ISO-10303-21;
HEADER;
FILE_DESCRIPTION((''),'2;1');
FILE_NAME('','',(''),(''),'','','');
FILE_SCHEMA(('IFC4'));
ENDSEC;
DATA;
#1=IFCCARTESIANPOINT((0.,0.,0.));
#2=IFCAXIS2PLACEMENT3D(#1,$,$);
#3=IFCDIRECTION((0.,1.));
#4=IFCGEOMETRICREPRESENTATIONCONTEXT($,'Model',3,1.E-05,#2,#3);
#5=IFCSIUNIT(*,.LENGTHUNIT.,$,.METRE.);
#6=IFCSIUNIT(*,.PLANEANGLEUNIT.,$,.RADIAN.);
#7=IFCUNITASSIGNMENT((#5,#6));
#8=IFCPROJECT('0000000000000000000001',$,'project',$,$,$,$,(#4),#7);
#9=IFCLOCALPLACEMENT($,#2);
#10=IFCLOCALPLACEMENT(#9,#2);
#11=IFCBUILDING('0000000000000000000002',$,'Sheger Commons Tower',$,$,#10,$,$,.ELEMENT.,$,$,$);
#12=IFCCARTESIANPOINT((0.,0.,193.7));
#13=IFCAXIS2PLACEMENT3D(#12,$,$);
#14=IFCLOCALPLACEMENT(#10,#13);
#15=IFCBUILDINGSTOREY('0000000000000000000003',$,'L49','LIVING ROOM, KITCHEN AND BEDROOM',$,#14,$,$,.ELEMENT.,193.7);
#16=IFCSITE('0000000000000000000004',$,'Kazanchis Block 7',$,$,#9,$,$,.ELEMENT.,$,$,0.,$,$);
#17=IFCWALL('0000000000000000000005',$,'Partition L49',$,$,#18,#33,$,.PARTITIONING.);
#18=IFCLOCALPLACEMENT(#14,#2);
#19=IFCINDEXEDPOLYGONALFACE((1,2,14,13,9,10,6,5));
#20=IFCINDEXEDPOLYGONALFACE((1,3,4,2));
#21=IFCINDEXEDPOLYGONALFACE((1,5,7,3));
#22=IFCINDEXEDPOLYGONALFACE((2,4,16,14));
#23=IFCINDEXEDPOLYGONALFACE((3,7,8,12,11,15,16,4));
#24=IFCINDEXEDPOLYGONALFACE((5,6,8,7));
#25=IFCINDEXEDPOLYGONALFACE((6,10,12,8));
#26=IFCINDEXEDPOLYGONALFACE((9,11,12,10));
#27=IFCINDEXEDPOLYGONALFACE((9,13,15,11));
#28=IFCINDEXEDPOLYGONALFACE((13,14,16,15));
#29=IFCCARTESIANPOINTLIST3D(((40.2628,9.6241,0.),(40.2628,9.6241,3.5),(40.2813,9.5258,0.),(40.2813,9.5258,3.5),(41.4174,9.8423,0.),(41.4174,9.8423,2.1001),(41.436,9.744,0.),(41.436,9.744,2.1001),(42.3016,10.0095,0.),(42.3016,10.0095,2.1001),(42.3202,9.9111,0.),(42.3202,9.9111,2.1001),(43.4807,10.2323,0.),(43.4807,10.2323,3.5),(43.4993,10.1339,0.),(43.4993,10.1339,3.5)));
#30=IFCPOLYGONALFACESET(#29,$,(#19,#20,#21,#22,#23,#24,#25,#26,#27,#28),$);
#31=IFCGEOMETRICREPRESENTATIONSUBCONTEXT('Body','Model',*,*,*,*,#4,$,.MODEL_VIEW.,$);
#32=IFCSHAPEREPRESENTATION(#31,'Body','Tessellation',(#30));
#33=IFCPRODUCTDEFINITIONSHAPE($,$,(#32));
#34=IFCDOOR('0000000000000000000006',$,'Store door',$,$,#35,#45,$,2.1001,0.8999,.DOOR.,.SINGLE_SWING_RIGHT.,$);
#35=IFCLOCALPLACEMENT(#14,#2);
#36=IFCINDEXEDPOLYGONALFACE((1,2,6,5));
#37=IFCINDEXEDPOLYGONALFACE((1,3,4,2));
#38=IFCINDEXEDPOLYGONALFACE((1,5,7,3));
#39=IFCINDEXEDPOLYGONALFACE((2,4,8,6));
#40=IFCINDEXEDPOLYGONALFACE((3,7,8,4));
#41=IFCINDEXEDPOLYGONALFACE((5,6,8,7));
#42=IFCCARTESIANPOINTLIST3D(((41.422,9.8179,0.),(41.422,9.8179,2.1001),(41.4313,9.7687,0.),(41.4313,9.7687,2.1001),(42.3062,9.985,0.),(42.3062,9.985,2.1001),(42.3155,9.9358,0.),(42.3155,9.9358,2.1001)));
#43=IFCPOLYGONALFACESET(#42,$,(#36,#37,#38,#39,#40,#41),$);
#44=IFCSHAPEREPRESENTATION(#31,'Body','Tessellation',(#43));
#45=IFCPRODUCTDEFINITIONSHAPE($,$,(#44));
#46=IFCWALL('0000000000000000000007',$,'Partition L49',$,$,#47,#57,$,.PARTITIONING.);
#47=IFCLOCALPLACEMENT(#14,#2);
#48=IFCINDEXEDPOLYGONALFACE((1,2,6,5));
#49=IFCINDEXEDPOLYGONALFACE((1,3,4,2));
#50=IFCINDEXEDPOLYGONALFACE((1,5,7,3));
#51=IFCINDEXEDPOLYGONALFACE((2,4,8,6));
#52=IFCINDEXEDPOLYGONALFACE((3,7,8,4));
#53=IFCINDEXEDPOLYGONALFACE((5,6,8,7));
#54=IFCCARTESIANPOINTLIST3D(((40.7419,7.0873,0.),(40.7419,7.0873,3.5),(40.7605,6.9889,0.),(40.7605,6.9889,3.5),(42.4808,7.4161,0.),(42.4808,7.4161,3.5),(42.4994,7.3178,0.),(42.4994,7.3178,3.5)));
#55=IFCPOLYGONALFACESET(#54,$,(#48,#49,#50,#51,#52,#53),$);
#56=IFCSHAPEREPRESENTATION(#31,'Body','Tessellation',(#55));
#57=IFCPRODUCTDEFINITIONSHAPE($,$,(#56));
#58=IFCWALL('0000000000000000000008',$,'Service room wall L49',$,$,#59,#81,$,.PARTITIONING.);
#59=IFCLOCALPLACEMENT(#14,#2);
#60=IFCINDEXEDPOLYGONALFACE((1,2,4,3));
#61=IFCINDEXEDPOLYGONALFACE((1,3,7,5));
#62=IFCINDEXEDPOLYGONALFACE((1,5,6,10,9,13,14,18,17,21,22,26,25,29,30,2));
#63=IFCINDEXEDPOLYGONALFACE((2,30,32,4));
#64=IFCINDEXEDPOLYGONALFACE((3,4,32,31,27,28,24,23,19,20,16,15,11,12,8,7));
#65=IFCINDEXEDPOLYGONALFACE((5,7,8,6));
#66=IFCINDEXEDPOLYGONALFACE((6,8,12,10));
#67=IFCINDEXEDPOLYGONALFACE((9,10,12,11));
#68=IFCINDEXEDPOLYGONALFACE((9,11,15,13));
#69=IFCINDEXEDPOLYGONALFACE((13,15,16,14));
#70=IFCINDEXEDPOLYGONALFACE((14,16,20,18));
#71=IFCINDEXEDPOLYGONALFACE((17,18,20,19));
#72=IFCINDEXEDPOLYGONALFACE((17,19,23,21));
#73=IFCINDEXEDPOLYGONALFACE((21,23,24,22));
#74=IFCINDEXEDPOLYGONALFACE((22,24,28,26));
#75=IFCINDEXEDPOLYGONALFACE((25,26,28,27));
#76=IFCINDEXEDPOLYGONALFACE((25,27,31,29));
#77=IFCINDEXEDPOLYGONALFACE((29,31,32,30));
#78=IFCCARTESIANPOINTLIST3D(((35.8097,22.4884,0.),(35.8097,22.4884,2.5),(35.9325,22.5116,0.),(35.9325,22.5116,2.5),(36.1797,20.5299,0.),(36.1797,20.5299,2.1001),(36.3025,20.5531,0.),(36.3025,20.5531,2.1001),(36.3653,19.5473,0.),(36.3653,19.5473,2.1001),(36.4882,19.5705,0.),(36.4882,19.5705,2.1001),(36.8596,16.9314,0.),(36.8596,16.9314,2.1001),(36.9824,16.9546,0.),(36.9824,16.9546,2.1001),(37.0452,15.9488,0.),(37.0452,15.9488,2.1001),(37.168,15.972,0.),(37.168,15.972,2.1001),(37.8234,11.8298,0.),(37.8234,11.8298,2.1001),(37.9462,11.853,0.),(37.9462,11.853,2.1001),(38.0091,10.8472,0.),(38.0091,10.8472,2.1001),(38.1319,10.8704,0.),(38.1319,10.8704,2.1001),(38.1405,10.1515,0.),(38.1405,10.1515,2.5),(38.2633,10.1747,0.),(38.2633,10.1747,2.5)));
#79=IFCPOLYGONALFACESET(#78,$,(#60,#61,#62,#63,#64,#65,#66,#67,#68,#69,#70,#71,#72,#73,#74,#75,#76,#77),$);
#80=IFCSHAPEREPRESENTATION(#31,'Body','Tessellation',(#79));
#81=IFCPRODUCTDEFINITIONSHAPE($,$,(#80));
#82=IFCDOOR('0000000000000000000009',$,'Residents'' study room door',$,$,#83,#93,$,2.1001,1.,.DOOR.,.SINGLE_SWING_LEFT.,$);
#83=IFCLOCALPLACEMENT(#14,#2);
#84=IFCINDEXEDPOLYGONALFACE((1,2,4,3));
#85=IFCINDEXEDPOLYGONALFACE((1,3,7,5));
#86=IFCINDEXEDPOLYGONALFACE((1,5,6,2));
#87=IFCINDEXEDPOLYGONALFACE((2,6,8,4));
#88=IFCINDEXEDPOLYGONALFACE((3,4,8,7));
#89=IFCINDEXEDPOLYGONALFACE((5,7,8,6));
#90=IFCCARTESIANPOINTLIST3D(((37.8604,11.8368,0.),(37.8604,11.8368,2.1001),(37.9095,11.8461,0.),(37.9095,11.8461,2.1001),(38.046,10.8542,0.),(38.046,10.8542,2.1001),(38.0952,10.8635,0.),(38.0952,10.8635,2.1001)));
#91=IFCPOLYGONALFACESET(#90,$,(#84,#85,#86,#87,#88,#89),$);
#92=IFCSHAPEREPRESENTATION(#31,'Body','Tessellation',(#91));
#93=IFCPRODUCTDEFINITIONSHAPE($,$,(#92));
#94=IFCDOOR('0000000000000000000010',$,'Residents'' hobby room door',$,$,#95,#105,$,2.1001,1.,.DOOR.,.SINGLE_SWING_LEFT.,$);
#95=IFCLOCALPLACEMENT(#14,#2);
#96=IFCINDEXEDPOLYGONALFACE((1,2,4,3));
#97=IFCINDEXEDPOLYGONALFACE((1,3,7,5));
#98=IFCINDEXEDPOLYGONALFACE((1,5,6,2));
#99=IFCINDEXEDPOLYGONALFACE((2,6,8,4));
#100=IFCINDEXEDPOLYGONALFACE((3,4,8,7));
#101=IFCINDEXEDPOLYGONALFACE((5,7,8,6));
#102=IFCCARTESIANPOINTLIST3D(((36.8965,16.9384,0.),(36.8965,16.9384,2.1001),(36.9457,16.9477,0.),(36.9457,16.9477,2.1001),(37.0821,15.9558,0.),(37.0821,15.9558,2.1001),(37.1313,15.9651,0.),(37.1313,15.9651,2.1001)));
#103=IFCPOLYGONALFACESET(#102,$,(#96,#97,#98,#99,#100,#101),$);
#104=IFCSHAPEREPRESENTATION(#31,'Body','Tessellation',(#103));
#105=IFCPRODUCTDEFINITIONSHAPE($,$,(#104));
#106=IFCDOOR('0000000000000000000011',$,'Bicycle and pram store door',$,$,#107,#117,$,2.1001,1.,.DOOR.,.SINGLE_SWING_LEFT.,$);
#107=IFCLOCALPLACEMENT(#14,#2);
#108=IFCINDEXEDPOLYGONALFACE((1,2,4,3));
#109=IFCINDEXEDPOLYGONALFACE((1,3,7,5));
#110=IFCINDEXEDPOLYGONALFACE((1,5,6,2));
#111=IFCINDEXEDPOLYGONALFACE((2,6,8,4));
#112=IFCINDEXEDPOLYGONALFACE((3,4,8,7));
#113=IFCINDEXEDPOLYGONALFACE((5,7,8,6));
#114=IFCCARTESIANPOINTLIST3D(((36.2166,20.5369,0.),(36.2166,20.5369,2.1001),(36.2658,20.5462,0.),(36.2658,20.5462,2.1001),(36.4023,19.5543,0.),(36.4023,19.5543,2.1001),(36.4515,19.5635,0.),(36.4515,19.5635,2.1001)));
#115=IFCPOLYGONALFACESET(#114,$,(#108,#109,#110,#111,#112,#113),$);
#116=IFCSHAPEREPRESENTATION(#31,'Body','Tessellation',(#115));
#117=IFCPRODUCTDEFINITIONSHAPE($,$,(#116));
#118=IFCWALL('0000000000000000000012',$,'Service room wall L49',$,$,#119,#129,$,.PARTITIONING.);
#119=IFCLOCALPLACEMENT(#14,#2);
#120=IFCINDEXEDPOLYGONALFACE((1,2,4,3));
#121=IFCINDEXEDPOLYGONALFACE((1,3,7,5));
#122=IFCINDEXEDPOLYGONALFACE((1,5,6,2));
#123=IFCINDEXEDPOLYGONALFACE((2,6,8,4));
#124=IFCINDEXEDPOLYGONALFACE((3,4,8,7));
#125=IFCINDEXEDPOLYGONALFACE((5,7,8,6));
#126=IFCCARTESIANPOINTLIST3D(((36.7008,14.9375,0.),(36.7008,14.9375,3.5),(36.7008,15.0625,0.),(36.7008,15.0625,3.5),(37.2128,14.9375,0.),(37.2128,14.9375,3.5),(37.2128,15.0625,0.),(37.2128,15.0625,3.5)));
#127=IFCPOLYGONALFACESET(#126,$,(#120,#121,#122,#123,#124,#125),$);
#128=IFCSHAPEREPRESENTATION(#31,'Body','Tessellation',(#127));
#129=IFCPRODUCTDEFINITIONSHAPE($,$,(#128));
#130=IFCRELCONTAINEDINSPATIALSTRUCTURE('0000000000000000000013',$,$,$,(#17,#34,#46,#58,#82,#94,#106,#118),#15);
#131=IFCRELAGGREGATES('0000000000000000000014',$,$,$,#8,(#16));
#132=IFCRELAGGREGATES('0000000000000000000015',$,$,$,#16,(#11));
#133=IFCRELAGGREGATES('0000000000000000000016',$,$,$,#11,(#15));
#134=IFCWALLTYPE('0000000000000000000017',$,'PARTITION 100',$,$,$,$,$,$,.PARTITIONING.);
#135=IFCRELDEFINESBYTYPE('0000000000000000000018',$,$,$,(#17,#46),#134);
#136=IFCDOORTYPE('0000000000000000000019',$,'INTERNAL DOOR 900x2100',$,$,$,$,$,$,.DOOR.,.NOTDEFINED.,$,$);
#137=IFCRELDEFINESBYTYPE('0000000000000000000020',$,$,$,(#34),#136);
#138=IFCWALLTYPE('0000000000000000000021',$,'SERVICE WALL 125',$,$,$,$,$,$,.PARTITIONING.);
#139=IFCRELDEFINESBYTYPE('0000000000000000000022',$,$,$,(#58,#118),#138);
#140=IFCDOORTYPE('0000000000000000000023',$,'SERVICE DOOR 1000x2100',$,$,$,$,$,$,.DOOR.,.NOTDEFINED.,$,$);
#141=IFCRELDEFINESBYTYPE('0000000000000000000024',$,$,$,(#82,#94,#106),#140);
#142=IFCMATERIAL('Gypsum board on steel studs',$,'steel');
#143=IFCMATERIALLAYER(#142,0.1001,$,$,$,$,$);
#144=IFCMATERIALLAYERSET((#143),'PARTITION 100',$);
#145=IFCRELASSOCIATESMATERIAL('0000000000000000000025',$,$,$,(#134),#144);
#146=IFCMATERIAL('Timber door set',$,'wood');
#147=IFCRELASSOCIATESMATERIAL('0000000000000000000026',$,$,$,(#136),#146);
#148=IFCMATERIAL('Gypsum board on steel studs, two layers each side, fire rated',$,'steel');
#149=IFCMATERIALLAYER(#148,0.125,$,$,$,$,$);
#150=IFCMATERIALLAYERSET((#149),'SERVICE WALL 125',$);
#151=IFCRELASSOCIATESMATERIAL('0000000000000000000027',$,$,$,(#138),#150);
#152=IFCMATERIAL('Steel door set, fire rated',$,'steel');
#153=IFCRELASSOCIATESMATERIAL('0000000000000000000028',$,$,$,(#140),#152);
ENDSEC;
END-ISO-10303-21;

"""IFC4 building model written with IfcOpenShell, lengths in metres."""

from ifc_helpers import new_model, si_unit, direction, frame, frame_2d, origin, place, context, subcontext, project, spatial, rectangle, extrude, material, layer, layer_set, type_object, element, fill, save


model = new_model("IFC4")

# Units and contexts
model_context = context("Model", 3, precision=1e-05, world=origin(), true_north=direction((0.0, 1.0)))
body_context = subcontext(model_context, "Body", "Model", "MODEL_VIEW")
ifc_project = project(units=[si_unit("LENGTHUNIT", "METRE"), si_unit("PLANEANGLEUNIT", "RADIAN")], contexts=[model_context])

# Site, building, storey
site_placement = place(None, origin())
site = spatial("IfcSite", under=ifc_project, at=site_placement, Name="Kazanchis Block 7", CompositionType="ELEMENT", RefElevation=0.0)
building_placement = place(site_placement, origin())
building = spatial("IfcBuilding", under=site, at=building_placement, Name="Sheger Commons Tower", CompositionType="ELEMENT")
storey_placement = place(building_placement, frame((0.0, 0.0, 193.7)))
storey = spatial("IfcBuildingStorey", under=building, at=storey_placement, Name="L49", Description="LIVING ROOM, KITCHEN AND BEDROOM", CompositionType="ELEMENT", Elevation=193.7)

# Shared definitions
ifc_material_1 = material(Name="Gypsum board on steel studs", Category="steel")
ifc_layer_1 = layer(ifc_material_1, 0.1001)
ifc_layer_set_1 = layer_set([ifc_layer_1], Name="PARTITION 100")
wall_type_1 = type_object("IfcWallType", Name="PARTITION 100", PredefinedType="PARTITIONING", material=ifc_layer_set_1)
ifc_material_2 = material(Name="Timber door set", Category="wood")
door_type_1 = type_object("IfcDoorType", Name="INTERNAL DOOR 900x2100", OperationType="NOTDEFINED", PredefinedType="DOOR", material=ifc_material_2)

# Wall, opening, door
wall_1_placement = place(storey_placement, frame((43.49, 10.1831, 0.0), z_axis=(0.0, 0.0, 1.0), x_axis=(-0.982607, -0.185697, 0.0)))
wall_1 = element("IfcWall", 1, at=wall_1_placement, inside=storey, type_object=wall_type_1, Name="Partition L49", PredefinedType="PARTITIONING", context=body_context, shape_type="SweptSolid", body=[
    extrude(rectangle(XDim=3.2749, YDim=0.1001, at=frame_2d((1.6375, 0.0))), origin(), (0.0, 0.0, 1.0), 3.5),
])
opening_1_placement = place(wall_1_placement, frame((1.2, 0.0, 0.0)))
opening_1 = element("IfcOpeningElement", 2, at=opening_1_placement, cuts=wall_1, PredefinedType="OPENING", context=body_context, shape_type="SweptSolid", body=[
    extrude(rectangle(XDim=0.8999, YDim=2.1001, at=frame_2d((0.45, 1.05))), frame((0.0, 0.0601, 0.0), z_axis=(0.0, -1.0, 0.0), x_axis=(1.0, 0.0, 0.0)), (0.0, 0.0, 1.0), 0.1201),
])
door_1_placement = place(opening_1_placement, origin())
door_1 = element("IfcDoor", 3, at=door_1_placement, inside=storey, type_object=door_type_1, Name="Store door", OperationType="SINGLE_SWING_RIGHT", OverallHeight=2.1001, OverallWidth=0.8999, PredefinedType="DOOR", context=body_context, shape_type="SweptSolid", body=[
    extrude(rectangle(XDim=0.8999, YDim=2.1001, at=frame_2d((0.45, 1.05))), frame((0.0, 0.0249, 0.0), z_axis=(0.0, -1.0, 0.0), x_axis=(1.0, 0.0, 0.0)), (0.0, 0.0, 1.0), 0.05),
])
fill(opening_1, door_1)

# Wall
wall_2_placement = place(storey_placement, frame((42.49, 7.3669, 0.0), z_axis=(0.0, 0.0, 1.0), x_axis=(-0.982585, -0.185812, 0.0)))
element("IfcWall", 4, at=wall_2_placement, inside=storey, type_object=wall_type_1, Name="Partition L49", PredefinedType="PARTITIONING", context=body_context, shape_type="SweptSolid", body=[
    extrude(rectangle(XDim=1.7698, YDim=0.1001, at=frame_2d((0.8848, 0.0))), origin(), (0.0, 0.0, 1.0), 3.5),
])

# Wall, openings, doors
ifc_material_3 = material(Name="Gypsum board on steel studs, two layers each side, fire rated", Category="steel")
ifc_layer_2 = layer(ifc_material_3, 0.125)
ifc_layer_set_2 = layer_set([ifc_layer_2], Name="SERVICE WALL 125")
wall_type_2 = type_object("IfcWallType", Name="SERVICE WALL 125", PredefinedType="PARTITIONING", material=ifc_layer_set_2)
wall_3_placement = place(storey_placement, frame((38.2019, 10.1631, 0.0), z_axis=(0.0, 0.0, 1.0), x_axis=(-0.185646, 0.982617, 0.0)))
wall_3 = element("IfcWall", 5, at=wall_3_placement, inside=storey, type_object=wall_type_2, Name="Service room wall L49", PredefinedType="PARTITIONING", context=body_context, shape_type="SweptSolid", body=[
    extrude(rectangle(XDim=12.5552, YDim=0.125, at=frame_2d((6.2776, 0.0))), origin(), (0.0, 0.0, 1.0), 2.5),
])
opening_2_placement = place(wall_3_placement, frame((0.708, 0.0, 0.0)))
opening_2 = element("IfcOpeningElement", 6, at=opening_2_placement, cuts=wall_3, PredefinedType="OPENING", context=body_context, shape_type="SweptSolid", body=[
    extrude(rectangle(XDim=1.0, YDim=2.1001, at=frame_2d((0.5, 1.05))), frame((0.0, 0.0725, 0.0), z_axis=(0.0, -1.0, 0.0), x_axis=(1.0, 0.0, 0.0)), (0.0, 0.0, 1.0), 0.145),
])
opening_3_placement = place(wall_3_placement, frame((5.8999, 0.0, 0.0)))
opening_3 = element("IfcOpeningElement", 7, at=opening_3_placement, cuts=wall_3, PredefinedType="OPENING", context=body_context, shape_type="SweptSolid", body=[
    extrude(rectangle(XDim=1.0, YDim=2.1001, at=frame_2d((0.5, 1.05))), frame((0.0, 0.0725, 0.0), z_axis=(0.0, -1.0, 0.0), x_axis=(1.0, 0.0, 0.0)), (0.0, 0.0, 1.0), 0.145),
])
opening_4_placement = place(wall_3_placement, frame((9.562, 0.0, 0.0)))
opening_4 = element("IfcOpeningElement", 8, at=opening_4_placement, cuts=wall_3, PredefinedType="OPENING", context=body_context, shape_type="SweptSolid", body=[
    extrude(rectangle(XDim=1.0, YDim=2.1001, at=frame_2d((0.5, 1.05))), frame((0.0, 0.0725, 0.0), z_axis=(0.0, -1.0, 0.0), x_axis=(1.0, 0.0, 0.0)), (0.0, 0.0, 1.0), 0.145),
])
ifc_material_4 = material(Name="Steel door set, fire rated", Category="steel")
door_type_2 = type_object("IfcDoorType", Name="SERVICE DOOR 1000x2100", OperationType="NOTDEFINED", PredefinedType="DOOR", material=ifc_material_4)
door_2_placement = place(opening_2_placement, origin())
door_2 = element("IfcDoor", 9, at=door_2_placement, inside=storey, type_object=door_type_2, Name="Residents' study room door", OperationType="SINGLE_SWING_LEFT", OverallHeight=2.1001, OverallWidth=1.0, PredefinedType="DOOR", context=body_context, shape_type="SweptSolid", body=[
    extrude(rectangle(XDim=1.0, YDim=2.1001, at=frame_2d((0.5, 1.05))), frame((0.0, 0.0249, 0.0), z_axis=(0.0, -1.0, 0.0), x_axis=(1.0, 0.0, 0.0)), (0.0, 0.0, 1.0), 0.05),
])
fill(opening_2, door_2)
door_3_placement = place(opening_3_placement, origin())
door_3 = element("IfcDoor", 10, at=door_3_placement, inside=storey, type_object=door_type_2, Name="Residents' hobby room door", OperationType="SINGLE_SWING_LEFT", OverallHeight=2.1001, OverallWidth=1.0, PredefinedType="DOOR", context=body_context, shape_type="SweptSolid", body=[
    extrude(rectangle(XDim=1.0, YDim=2.1001, at=frame_2d((0.5, 1.05))), frame((0.0, 0.0249, 0.0), z_axis=(0.0, -1.0, 0.0), x_axis=(1.0, 0.0, 0.0)), (0.0, 0.0, 1.0), 0.05),
])
fill(opening_3, door_3)
door_4_placement = place(opening_4_placement, origin())
door_4 = element("IfcDoor", 11, at=door_4_placement, inside=storey, type_object=door_type_2, Name="Bicycle and pram store door", OperationType="SINGLE_SWING_LEFT", OverallHeight=2.1001, OverallWidth=1.0, PredefinedType="DOOR", context=body_context, shape_type="SweptSolid", body=[
    extrude(rectangle(XDim=1.0, YDim=2.1001, at=frame_2d((0.5, 1.05))), frame((0.0, 0.0249, 0.0), z_axis=(0.0, -1.0, 0.0), x_axis=(1.0, 0.0, 0.0)), (0.0, 0.0, 1.0), 0.05),
])
fill(opening_4, door_4)

# Wall
wall_4_placement = place(storey_placement, frame((36.7009, 15.0, 0.0), z_axis=(0.0, 0.0, 1.0), x_axis=(1.0, 0.0, 0.0)))
element("IfcWall", 12, at=wall_4_placement, inside=storey, type_object=wall_type_2, Name="Service room wall L49", PredefinedType="PARTITIONING", context=body_context, shape_type="SweptSolid", body=[
    extrude(rectangle(XDim=0.512, YDim=0.125, at=frame_2d((0.2559, 0.0))), origin(), (0.0, 0.0, 1.0), 3.5),
])

save(model, "model.ifc")
